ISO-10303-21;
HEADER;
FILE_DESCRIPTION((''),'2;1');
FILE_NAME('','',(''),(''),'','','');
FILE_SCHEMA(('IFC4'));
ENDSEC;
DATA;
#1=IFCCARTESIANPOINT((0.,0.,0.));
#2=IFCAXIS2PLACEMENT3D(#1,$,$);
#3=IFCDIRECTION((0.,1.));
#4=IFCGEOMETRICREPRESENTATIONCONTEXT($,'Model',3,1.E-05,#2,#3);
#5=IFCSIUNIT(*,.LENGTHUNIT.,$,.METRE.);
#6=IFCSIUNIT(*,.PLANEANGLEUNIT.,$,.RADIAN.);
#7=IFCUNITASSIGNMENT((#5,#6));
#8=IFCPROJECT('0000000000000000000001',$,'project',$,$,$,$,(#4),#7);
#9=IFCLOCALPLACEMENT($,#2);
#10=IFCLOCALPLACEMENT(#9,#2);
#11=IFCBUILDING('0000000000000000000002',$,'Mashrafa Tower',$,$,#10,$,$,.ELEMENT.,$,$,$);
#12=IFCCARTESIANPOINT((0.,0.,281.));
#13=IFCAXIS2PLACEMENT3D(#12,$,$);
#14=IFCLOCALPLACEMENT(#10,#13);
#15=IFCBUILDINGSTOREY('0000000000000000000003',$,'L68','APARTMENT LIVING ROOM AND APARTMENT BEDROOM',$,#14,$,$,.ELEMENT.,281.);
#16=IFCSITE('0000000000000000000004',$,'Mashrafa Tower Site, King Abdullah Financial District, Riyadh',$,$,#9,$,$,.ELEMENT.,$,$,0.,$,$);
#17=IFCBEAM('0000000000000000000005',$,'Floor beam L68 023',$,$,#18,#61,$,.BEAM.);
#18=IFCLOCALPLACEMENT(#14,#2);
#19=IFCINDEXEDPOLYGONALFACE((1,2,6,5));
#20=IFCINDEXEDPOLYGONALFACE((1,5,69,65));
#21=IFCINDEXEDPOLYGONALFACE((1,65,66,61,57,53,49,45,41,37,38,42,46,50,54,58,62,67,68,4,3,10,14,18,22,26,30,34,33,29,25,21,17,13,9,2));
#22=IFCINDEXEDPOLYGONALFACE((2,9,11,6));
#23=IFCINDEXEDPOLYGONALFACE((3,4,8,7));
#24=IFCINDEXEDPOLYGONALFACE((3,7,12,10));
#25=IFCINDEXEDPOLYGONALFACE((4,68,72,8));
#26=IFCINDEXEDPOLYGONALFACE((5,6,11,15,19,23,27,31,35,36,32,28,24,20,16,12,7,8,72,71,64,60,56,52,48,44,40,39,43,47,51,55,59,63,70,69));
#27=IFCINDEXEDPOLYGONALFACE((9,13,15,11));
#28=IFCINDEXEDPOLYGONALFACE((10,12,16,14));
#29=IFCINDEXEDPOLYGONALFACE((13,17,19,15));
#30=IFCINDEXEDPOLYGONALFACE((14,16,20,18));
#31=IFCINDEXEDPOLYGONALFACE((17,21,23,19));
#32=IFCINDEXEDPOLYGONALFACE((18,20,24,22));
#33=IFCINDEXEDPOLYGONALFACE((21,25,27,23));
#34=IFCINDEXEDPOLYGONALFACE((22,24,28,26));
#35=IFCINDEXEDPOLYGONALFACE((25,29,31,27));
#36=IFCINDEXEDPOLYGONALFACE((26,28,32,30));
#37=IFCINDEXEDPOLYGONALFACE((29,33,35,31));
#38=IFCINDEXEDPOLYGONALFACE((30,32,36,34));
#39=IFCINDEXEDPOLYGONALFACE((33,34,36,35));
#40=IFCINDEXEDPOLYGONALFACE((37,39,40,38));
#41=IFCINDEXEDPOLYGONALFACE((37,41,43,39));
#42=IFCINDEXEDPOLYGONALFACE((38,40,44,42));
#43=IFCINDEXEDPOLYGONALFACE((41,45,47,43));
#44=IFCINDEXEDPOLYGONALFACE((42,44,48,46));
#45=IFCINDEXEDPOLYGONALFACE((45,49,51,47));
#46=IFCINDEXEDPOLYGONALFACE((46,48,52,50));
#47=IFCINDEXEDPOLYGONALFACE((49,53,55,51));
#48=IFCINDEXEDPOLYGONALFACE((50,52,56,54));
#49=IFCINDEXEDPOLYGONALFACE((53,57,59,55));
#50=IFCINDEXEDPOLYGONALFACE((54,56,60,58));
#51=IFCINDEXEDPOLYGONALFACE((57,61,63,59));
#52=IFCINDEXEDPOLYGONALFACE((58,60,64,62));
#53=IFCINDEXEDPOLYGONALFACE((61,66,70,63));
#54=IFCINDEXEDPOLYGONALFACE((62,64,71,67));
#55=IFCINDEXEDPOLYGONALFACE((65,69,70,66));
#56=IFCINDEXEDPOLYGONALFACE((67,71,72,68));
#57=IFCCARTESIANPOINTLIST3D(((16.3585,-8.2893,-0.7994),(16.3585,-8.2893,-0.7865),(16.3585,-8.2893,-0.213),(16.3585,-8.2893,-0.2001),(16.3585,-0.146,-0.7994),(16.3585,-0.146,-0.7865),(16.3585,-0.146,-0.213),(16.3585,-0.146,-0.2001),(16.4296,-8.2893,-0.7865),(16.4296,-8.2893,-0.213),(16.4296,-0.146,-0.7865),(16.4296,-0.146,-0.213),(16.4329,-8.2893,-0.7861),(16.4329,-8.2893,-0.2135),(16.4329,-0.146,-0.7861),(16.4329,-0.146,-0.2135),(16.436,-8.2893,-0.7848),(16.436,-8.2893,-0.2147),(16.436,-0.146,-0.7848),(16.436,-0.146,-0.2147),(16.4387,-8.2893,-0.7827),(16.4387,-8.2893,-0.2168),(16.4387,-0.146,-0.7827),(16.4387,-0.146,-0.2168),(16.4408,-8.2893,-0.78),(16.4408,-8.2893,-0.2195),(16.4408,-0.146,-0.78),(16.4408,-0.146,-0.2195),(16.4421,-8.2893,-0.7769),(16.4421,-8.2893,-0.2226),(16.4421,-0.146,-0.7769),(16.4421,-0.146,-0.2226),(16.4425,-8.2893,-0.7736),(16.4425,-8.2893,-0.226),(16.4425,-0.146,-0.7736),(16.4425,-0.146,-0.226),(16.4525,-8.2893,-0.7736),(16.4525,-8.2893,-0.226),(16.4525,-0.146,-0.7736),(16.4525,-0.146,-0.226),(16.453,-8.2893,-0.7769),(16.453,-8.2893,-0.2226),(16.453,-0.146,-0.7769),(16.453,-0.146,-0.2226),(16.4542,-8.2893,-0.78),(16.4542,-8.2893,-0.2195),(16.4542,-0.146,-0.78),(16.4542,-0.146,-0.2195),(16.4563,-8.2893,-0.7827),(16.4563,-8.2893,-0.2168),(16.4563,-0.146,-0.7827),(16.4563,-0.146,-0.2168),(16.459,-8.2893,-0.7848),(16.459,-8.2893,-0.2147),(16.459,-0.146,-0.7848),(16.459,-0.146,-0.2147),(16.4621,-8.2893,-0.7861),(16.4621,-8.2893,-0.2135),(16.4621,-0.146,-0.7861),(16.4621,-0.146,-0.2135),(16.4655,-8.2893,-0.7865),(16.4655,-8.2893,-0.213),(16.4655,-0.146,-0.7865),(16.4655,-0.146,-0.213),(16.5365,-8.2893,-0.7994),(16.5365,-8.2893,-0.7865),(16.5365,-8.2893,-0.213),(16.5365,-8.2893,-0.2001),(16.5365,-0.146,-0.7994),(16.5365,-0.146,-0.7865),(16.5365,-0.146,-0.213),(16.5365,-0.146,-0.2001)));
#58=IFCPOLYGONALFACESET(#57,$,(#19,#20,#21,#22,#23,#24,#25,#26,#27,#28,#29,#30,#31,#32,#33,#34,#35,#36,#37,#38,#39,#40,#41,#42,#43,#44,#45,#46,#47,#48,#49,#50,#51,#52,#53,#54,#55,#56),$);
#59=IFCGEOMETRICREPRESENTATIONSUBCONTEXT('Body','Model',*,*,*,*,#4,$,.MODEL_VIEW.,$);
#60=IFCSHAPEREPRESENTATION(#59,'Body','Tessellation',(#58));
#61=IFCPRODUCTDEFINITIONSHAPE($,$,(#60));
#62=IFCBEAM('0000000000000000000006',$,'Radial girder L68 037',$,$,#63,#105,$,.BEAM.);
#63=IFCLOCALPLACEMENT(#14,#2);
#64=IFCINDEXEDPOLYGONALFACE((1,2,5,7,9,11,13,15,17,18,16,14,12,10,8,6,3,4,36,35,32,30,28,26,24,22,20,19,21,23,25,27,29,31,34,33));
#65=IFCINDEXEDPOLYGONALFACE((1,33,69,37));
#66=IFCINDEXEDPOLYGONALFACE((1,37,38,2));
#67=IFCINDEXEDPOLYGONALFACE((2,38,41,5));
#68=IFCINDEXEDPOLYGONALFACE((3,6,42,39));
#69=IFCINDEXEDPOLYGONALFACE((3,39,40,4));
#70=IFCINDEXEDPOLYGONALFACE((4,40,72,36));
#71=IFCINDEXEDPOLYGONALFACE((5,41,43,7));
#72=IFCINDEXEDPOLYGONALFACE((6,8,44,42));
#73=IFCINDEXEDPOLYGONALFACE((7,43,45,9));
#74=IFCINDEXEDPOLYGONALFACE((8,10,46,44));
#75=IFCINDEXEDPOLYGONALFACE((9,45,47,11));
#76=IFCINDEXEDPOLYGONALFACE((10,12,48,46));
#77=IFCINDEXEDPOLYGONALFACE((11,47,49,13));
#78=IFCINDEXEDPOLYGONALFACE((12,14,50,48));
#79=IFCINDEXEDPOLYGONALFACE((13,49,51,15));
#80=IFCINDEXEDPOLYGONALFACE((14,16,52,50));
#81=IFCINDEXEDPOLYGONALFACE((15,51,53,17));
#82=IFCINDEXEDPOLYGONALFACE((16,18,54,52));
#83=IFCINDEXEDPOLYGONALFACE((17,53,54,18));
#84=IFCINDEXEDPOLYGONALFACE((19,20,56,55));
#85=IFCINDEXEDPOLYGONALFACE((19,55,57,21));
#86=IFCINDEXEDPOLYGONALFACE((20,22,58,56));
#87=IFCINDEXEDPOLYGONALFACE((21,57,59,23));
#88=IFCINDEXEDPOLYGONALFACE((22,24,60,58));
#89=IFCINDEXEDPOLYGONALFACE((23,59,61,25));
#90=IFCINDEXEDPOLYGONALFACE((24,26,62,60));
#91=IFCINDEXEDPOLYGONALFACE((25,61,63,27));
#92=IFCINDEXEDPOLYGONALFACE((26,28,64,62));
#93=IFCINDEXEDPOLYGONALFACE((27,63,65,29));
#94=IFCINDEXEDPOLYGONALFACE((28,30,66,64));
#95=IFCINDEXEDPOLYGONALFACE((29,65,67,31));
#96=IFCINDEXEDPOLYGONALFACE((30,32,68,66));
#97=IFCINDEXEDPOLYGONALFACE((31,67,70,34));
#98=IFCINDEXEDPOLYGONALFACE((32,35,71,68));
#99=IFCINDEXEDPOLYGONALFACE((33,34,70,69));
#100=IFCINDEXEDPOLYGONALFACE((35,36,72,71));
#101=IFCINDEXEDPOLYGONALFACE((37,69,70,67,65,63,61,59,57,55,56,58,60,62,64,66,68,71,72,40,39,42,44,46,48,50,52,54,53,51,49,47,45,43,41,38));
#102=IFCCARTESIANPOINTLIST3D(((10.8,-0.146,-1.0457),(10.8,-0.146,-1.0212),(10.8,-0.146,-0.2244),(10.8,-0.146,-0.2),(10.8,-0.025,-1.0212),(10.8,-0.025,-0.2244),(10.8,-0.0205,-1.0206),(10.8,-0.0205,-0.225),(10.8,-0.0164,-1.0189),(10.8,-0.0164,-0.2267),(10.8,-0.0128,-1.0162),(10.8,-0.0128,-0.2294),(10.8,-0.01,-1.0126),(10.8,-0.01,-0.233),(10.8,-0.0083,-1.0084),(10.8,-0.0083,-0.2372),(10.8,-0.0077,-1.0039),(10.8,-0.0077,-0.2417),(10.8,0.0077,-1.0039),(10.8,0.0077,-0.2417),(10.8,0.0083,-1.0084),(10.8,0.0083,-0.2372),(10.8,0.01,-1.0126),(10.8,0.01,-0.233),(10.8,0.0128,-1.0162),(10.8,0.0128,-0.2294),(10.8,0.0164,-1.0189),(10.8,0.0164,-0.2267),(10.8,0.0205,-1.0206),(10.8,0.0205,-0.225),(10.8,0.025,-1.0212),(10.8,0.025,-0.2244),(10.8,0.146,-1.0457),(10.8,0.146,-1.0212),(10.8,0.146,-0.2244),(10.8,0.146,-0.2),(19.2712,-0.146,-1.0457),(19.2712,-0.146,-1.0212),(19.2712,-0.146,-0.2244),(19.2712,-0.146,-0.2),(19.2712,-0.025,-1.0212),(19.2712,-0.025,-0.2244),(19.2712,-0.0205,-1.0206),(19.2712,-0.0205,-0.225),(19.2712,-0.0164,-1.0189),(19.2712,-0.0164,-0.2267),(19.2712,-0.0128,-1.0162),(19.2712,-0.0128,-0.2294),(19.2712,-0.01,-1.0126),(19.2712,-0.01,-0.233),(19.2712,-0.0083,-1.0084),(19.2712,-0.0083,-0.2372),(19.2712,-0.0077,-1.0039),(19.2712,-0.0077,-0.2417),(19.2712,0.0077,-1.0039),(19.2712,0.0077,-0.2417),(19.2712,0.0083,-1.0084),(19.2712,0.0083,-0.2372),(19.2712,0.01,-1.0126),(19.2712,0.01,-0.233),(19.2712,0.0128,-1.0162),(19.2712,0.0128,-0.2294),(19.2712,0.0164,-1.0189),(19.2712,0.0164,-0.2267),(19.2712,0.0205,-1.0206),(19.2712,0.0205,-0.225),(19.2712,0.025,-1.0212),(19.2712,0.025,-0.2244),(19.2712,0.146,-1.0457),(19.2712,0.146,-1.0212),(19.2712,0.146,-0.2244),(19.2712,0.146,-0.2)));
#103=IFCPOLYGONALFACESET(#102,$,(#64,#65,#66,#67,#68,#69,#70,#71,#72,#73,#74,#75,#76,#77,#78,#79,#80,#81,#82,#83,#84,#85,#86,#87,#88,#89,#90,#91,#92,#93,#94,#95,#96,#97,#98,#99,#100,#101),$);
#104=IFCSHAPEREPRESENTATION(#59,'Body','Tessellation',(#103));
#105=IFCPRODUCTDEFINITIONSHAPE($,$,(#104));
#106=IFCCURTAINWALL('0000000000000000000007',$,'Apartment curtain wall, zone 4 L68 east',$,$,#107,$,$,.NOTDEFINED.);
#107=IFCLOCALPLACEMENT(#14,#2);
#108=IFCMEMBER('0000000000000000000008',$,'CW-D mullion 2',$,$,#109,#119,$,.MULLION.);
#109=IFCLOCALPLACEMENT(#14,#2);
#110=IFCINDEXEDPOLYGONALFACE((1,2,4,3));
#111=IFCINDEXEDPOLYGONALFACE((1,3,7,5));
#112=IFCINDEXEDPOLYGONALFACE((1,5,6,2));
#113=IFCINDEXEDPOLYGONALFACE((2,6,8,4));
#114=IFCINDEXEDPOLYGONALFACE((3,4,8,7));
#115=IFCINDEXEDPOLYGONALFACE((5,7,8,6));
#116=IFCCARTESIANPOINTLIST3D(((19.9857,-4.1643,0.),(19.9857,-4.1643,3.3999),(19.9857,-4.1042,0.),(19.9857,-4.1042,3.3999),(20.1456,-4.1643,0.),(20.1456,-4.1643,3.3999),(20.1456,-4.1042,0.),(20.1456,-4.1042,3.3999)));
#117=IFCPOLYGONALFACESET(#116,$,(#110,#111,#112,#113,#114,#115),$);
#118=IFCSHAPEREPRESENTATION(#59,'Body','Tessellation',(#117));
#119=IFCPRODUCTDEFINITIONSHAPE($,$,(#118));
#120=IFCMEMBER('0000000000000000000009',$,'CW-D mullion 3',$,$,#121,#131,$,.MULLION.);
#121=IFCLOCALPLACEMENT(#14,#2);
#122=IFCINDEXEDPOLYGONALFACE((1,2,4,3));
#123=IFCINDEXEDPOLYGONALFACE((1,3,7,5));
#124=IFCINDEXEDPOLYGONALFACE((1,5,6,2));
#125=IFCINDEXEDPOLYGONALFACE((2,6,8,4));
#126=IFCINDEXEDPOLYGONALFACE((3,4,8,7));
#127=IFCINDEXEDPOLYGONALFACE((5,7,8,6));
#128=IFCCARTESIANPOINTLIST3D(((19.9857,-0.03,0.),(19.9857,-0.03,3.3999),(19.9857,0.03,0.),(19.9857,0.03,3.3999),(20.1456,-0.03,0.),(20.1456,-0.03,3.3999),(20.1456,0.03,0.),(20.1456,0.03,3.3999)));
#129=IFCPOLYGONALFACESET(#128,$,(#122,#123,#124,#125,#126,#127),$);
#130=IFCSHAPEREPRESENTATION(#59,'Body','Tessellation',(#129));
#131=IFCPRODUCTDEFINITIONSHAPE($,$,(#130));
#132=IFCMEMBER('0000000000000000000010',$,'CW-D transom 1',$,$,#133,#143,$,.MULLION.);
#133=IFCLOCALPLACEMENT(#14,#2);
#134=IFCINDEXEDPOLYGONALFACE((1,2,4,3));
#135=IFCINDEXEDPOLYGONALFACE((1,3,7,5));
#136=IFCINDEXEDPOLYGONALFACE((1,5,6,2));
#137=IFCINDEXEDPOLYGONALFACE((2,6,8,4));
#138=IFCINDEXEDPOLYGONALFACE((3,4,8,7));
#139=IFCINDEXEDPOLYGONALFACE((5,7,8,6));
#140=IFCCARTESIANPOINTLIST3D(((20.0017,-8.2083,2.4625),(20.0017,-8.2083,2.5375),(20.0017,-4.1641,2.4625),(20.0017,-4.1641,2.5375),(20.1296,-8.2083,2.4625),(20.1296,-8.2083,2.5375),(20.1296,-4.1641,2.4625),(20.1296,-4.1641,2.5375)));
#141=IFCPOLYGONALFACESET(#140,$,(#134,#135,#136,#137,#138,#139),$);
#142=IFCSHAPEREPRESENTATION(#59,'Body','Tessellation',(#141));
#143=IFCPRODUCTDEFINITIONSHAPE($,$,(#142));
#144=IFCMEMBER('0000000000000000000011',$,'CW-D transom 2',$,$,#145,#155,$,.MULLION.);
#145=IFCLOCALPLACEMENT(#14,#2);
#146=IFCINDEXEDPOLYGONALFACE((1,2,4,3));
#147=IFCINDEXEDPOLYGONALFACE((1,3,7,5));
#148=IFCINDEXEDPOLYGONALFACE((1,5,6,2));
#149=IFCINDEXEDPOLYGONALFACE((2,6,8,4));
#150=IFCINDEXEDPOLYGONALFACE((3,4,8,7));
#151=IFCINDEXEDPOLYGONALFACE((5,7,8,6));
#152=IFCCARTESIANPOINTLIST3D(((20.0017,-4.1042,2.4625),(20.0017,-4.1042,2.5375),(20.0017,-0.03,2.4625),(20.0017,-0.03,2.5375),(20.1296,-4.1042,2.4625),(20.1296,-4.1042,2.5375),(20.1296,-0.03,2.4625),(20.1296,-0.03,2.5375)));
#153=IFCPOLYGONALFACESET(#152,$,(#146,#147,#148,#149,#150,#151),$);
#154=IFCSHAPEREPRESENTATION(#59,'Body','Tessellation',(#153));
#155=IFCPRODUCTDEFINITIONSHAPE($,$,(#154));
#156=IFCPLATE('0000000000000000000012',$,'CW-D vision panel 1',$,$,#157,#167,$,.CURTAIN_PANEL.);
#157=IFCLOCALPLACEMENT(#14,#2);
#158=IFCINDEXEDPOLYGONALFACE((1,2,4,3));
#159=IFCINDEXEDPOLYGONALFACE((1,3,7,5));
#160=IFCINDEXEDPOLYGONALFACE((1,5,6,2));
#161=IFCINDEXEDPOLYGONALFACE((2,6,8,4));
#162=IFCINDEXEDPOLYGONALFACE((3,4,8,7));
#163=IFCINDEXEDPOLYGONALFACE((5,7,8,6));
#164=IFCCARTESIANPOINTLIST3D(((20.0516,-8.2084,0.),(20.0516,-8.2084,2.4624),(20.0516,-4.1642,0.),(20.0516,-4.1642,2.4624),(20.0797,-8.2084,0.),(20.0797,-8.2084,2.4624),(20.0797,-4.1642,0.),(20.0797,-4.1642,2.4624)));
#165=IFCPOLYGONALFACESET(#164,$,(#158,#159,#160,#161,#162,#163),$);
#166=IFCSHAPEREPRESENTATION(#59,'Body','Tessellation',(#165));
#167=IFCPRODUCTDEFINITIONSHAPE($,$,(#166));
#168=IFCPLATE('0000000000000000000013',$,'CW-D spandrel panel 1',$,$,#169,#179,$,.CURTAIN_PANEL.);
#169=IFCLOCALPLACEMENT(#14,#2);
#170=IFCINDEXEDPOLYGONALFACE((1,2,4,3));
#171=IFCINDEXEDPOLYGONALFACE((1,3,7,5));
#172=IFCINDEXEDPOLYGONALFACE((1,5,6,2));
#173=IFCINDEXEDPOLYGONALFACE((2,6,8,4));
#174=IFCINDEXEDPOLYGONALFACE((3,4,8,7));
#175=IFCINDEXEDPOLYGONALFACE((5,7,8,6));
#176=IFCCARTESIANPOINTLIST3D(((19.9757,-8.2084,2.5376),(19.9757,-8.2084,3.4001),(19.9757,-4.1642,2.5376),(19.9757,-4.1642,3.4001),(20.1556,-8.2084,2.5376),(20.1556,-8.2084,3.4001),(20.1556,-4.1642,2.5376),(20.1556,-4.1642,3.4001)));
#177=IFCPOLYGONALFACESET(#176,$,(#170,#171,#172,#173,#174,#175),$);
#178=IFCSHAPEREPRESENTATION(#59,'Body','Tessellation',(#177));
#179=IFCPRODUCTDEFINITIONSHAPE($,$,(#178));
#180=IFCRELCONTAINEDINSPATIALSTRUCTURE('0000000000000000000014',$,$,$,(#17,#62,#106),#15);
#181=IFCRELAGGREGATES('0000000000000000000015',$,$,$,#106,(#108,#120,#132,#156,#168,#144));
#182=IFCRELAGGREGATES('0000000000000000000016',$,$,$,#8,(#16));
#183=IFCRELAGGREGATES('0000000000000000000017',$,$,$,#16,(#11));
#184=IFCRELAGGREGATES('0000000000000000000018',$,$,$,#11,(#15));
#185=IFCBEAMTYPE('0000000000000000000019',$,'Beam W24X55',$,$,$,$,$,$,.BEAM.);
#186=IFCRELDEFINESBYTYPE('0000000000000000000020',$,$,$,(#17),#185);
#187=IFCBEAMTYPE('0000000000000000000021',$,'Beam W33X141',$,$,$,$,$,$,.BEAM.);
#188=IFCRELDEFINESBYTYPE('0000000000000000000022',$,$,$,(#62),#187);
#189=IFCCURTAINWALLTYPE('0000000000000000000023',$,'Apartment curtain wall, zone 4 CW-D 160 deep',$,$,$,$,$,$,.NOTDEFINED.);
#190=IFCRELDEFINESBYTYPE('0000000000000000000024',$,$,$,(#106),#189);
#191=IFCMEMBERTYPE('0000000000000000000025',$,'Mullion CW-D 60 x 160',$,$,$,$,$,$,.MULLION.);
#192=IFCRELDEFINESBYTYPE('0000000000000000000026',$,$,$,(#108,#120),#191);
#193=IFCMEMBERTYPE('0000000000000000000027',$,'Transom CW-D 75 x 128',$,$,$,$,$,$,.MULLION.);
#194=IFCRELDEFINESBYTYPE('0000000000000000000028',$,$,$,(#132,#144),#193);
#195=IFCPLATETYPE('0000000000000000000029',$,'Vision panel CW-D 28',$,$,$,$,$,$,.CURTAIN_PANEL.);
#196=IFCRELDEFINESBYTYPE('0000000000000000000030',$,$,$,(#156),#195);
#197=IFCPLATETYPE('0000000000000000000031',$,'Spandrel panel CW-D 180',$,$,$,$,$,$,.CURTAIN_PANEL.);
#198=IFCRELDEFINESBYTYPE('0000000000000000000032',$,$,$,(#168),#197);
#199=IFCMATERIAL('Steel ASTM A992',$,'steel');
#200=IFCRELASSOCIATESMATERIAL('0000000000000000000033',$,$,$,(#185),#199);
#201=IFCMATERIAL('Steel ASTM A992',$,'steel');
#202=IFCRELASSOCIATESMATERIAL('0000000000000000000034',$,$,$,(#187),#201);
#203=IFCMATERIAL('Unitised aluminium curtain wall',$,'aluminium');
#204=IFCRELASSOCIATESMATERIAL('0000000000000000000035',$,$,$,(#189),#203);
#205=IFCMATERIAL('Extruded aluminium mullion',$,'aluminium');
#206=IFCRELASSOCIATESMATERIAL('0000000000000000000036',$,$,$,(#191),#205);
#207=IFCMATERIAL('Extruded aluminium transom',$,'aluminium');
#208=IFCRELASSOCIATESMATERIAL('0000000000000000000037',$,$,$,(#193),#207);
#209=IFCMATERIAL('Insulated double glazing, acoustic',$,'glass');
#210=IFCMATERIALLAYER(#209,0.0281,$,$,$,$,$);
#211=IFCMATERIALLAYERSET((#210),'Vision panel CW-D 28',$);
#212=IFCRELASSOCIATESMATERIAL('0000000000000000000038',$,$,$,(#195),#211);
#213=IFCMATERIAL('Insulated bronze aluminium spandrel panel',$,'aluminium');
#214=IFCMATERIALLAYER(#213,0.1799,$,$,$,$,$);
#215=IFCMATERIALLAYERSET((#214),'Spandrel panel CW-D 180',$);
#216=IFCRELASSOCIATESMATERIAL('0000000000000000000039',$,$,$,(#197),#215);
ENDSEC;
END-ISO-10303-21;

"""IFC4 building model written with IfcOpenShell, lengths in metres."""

from ifc_helpers import new_model, si_unit, direction, frame, origin, origin_2d, place, context, subcontext, project, spatial, rectangle, i_section, extrude, source, transform, mapped, material, layer, layer_set, material_profile, profile_set, type_object, type_shapes, element, aggregate, save


model = new_model("IFC4")

# Units and contexts
model_context = context("Model", 3, precision=1e-05, world=origin(), true_north=direction((0.0, 1.0)))
body_context = subcontext(model_context, "Body", "Model", "MODEL_VIEW")
ifc_project = project(units=[si_unit("LENGTHUNIT", "METRE"), si_unit("PLANEANGLEUNIT", "RADIAN")], contexts=[model_context])

# Site, building, storey
site_placement = place(None, origin())
site = spatial("IfcSite", under=ifc_project, at=site_placement, Name="Mashrafa Tower Site, King Abdullah Financial District, Riyadh", CompositionType="ELEMENT", RefElevation=0.0)
building_placement = place(site_placement, origin())
building = spatial("IfcBuilding", under=site, at=building_placement, Name="Mashrafa Tower", CompositionType="ELEMENT")
storey_placement = place(building_placement, frame((0.0, 0.0, 281.0)))
storey = spatial("IfcBuildingStorey", under=building, at=storey_placement, Name="L68", Description="APARTMENT LIVING ROOM AND APARTMENT BEDROOM", CompositionType="ELEMENT", Elevation=281.0)

# Beams
ifc_material_1 = material(Name="Steel ASTM A992", Category="steel")
ifc_material_profile_1 = material_profile(ifc_material_1, i_section(OverallWidth=0.178, OverallDepth=0.5994, WebThickness=0.01, FlangeThickness=0.0129, FilletRadius=0.0129, at=origin_2d()), Name="W24X55")
ifc_profile_set_1 = profile_set([ifc_material_profile_1], Name="Steel ASTM A992")
beam_type_1 = type_object("IfcBeamType", Name="Beam W24X55", PredefinedType="BEAM", material=ifc_profile_set_1)
beam_1_placement = place(storey_placement, frame((16.4475, -0.146, -0.4998), z_axis=(0.0, -1.0, 0.0), x_axis=(1.0, 0.0, 0.0)))
element("IfcBeam", 1, at=beam_1_placement, inside=storey, type_object=beam_type_1, Name="Floor beam L68 023", PredefinedType="BEAM", context=body_context, shape_type="SweptSolid", body=[
    extrude(i_section(OverallWidth=0.178, OverallDepth=0.5994, WebThickness=0.01, FlangeThickness=0.0129, FilletRadius=0.0129, at=origin_2d()), origin(), (0.0, 0.0, 1.0), 8.1433),
])
ifc_material_2 = material(Name="Steel ASTM A992", Category="steel")
ifc_material_profile_2 = material_profile(ifc_material_2, i_section(OverallWidth=0.292, OverallDepth=0.8457, WebThickness=0.0154, FlangeThickness=0.0244, FilletRadius=0.0173, at=origin_2d()), Name="W33X141")
ifc_profile_set_2 = profile_set([ifc_material_profile_2], Name="Steel ASTM A992")
beam_type_2 = type_object("IfcBeamType", Name="Beam W33X141", PredefinedType="BEAM", material=ifc_profile_set_2)
beam_2_placement = place(storey_placement, frame((10.8, 0.0, -0.6228), z_axis=(1.0, 0.0, 0.0), x_axis=(0.0, 1.0, 0.0)))
element("IfcBeam", 2, at=beam_2_placement, inside=storey, type_object=beam_type_2, Name="Radial girder L68 037", PredefinedType="BEAM", context=body_context, shape_type="SweptSolid", body=[
    extrude(i_section(OverallWidth=0.292, OverallDepth=0.8457, WebThickness=0.0154, FlangeThickness=0.0244, FilletRadius=0.0173, at=origin_2d()), origin(), (0.0, 0.0, 1.0), 8.4712),
])

# Curtain wall, members, plates
ifc_material_3 = material(Name="Unitised aluminium curtain wall", Category="aluminium")
curtain_wall_type = type_object("IfcCurtainWallType", Name="Apartment curtain wall, zone 4 CW-D 160 deep", PredefinedType="NOTDEFINED", material=ifc_material_3)
curtain_wall_placement = place(storey_placement, origin())
curtain_wall = element("IfcCurtainWall", 3, at=curtain_wall_placement, inside=storey, type_object=curtain_wall_type, Name="Apartment curtain wall, zone 4 L68 east", PredefinedType="NOTDEFINED")
ifc_material_4 = material(Name="Extruded aluminium mullion", Category="aluminium")
ifc_material_profile_3 = material_profile(ifc_material_4, rectangle(XDim=0.1599, YDim=0.0601, at=origin_2d()), Name="Mullion 60x160")
ifc_profile_set_3 = profile_set([ifc_material_profile_3], Name="Extruded aluminium mullion")
member_type_1 = type_object("IfcMemberType", Name="Mullion CW-D 60 x 160", PredefinedType="MULLION", material=ifc_profile_set_3)
shared_shape_1 = source(origin(), body_context, "Body", "SweptSolid", [
    extrude(rectangle(XDim=0.1599, YDim=0.0601, at=origin_2d()), origin(), (0.0, 0.0, 1.0), 3.3999),
])
type_shapes(member_type_1, [shared_shape_1])
member_1_placement = place(storey_placement, frame((20.0657, -4.1343, 0.0), z_axis=(0.0, 0.0, 1.0), x_axis=(-1.0, 0.0, 0.0)))
member_1 = element("IfcMember", 4, at=member_1_placement, type_object=member_type_1, Name="CW-D mullion 2", PredefinedType="MULLION", context=body_context, shape_type="MappedRepresentation", body=[
    mapped(shared_shape_1, transform((0.0, 0.0, 0.0))),
])
member_2_placement = place(storey_placement, frame((20.0657, 0.0, 0.0), z_axis=(0.0, 0.0, 1.0), x_axis=(-1.0, 0.0, 0.0)))
member_2 = element("IfcMember", 5, at=member_2_placement, type_object=member_type_1, Name="CW-D mullion 3", PredefinedType="MULLION", context=body_context, shape_type="MappedRepresentation", body=[
    mapped(shared_shape_1, transform((0.0, 0.0, 0.0))),
])
ifc_material_5 = material(Name="Extruded aluminium transom", Category="aluminium")
ifc_material_profile_4 = material_profile(ifc_material_5, rectangle(XDim=0.1279, YDim=0.075, at=origin_2d()), Name="Transom 75x128")
ifc_profile_set_4 = profile_set([ifc_material_profile_4], Name="Extruded aluminium transom")
member_type_2 = type_object("IfcMemberType", Name="Transom CW-D 75 x 128", PredefinedType="MULLION", material=ifc_profile_set_4)
shared_shape_2 = source(origin(), body_context, "Body", "SweptSolid", [
    extrude(rectangle(XDim=0.1279, YDim=0.075, at=origin_2d()), origin(), (0.0, 0.0, 1.0), 4.0442),
])
member_3_placement = place(storey_placement, frame((20.0657, -8.2083, 2.5), z_axis=(0.0, 1.0, 0.0), x_axis=(-1.0, 0.0, 0.0)))
member_3 = element("IfcMember", 6, at=member_3_placement, type_object=member_type_2, Name="CW-D transom 1", PredefinedType="MULLION", context=body_context, shape_type="MappedRepresentation", body=[
    mapped(shared_shape_2, transform((0.0, 0.0, 0.0))),
])
shared_shape_3 = source(origin(), body_context, "Body", "SweptSolid", [
    extrude(rectangle(XDim=0.1279, YDim=0.075, at=origin_2d()), origin(), (0.0, 0.0, 1.0), 4.0742),
])
type_shapes(member_type_2, [shared_shape_2, shared_shape_3])
member_4_placement = place(storey_placement, frame((20.0657, -4.1042, 2.5), z_axis=(0.0, 1.0, 0.0), x_axis=(-1.0, 0.0, 0.0)))
member_4 = element("IfcMember", 7, at=member_4_placement, type_object=member_type_2, Name="CW-D transom 2", PredefinedType="MULLION", context=body_context, shape_type="MappedRepresentation", body=[
    mapped(shared_shape_3, transform((0.0, 0.0, 0.0))),
])
ifc_material_6 = material(Name="Insulated double glazing, acoustic", Category="glass")
ifc_layer_1 = layer(ifc_material_6, 0.0281)
ifc_layer_set_1 = layer_set([ifc_layer_1], Name="Vision panel CW-D 28")
plate_type_1 = type_object("IfcPlateType", Name="Vision panel CW-D 28", PredefinedType="CURTAIN_PANEL", material=ifc_layer_set_1)
shared_shape_4 = source(origin(), body_context, "Body", "SweptSolid", [
    extrude(rectangle(XDim=4.0442, YDim=0.0281, at=origin_2d()), origin(), (0.0, 0.0, 1.0), 2.4624),
])
plate_1_placement = place(storey_placement, frame((20.0657, -6.1863, 0.0), z_axis=(0.0, 0.0, 1.0), x_axis=(0.0, 1.0, 0.0)))
plate_1 = element("IfcPlate", 8, at=plate_1_placement, type_object=plate_type_1, Name="CW-D vision panel 1", PredefinedType="CURTAIN_PANEL", context=body_context, shape_type="MappedRepresentation", body=[
    mapped(shared_shape_4, transform((0.0, 0.0, 0.0))),
])
ifc_material_7 = material(Name="Insulated bronze aluminium spandrel panel", Category="aluminium")
ifc_layer_2 = layer(ifc_material_7, 0.1799)
ifc_layer_set_2 = layer_set([ifc_layer_2], Name="Spandrel panel CW-D 180")
plate_type_2 = type_object("IfcPlateType", Name="Spandrel panel CW-D 180", PredefinedType="CURTAIN_PANEL", material=ifc_layer_set_2)
shared_shape_5 = source(origin(), body_context, "Body", "SweptSolid", [
    extrude(rectangle(XDim=4.0442, YDim=0.1799, at=origin_2d()), origin(), (0.0, 0.0, 1.0), 0.8625),
])
plate_2_placement = place(storey_placement, frame((20.0657, -6.1863, 2.5376), z_axis=(0.0, 0.0, 1.0), x_axis=(0.0, 1.0, 0.0)))
plate_2 = element("IfcPlate", 9, at=plate_2_placement, type_object=plate_type_2, Name="CW-D spandrel panel 1", PredefinedType="CURTAIN_PANEL", context=body_context, shape_type="MappedRepresentation", body=[
    mapped(shared_shape_5, transform((0.0, 0.0, 0.0))),
])
aggregate(curtain_wall, [member_1, member_2, member_3, plate_1, plate_2, member_4])

save(model, "model.ifc")
